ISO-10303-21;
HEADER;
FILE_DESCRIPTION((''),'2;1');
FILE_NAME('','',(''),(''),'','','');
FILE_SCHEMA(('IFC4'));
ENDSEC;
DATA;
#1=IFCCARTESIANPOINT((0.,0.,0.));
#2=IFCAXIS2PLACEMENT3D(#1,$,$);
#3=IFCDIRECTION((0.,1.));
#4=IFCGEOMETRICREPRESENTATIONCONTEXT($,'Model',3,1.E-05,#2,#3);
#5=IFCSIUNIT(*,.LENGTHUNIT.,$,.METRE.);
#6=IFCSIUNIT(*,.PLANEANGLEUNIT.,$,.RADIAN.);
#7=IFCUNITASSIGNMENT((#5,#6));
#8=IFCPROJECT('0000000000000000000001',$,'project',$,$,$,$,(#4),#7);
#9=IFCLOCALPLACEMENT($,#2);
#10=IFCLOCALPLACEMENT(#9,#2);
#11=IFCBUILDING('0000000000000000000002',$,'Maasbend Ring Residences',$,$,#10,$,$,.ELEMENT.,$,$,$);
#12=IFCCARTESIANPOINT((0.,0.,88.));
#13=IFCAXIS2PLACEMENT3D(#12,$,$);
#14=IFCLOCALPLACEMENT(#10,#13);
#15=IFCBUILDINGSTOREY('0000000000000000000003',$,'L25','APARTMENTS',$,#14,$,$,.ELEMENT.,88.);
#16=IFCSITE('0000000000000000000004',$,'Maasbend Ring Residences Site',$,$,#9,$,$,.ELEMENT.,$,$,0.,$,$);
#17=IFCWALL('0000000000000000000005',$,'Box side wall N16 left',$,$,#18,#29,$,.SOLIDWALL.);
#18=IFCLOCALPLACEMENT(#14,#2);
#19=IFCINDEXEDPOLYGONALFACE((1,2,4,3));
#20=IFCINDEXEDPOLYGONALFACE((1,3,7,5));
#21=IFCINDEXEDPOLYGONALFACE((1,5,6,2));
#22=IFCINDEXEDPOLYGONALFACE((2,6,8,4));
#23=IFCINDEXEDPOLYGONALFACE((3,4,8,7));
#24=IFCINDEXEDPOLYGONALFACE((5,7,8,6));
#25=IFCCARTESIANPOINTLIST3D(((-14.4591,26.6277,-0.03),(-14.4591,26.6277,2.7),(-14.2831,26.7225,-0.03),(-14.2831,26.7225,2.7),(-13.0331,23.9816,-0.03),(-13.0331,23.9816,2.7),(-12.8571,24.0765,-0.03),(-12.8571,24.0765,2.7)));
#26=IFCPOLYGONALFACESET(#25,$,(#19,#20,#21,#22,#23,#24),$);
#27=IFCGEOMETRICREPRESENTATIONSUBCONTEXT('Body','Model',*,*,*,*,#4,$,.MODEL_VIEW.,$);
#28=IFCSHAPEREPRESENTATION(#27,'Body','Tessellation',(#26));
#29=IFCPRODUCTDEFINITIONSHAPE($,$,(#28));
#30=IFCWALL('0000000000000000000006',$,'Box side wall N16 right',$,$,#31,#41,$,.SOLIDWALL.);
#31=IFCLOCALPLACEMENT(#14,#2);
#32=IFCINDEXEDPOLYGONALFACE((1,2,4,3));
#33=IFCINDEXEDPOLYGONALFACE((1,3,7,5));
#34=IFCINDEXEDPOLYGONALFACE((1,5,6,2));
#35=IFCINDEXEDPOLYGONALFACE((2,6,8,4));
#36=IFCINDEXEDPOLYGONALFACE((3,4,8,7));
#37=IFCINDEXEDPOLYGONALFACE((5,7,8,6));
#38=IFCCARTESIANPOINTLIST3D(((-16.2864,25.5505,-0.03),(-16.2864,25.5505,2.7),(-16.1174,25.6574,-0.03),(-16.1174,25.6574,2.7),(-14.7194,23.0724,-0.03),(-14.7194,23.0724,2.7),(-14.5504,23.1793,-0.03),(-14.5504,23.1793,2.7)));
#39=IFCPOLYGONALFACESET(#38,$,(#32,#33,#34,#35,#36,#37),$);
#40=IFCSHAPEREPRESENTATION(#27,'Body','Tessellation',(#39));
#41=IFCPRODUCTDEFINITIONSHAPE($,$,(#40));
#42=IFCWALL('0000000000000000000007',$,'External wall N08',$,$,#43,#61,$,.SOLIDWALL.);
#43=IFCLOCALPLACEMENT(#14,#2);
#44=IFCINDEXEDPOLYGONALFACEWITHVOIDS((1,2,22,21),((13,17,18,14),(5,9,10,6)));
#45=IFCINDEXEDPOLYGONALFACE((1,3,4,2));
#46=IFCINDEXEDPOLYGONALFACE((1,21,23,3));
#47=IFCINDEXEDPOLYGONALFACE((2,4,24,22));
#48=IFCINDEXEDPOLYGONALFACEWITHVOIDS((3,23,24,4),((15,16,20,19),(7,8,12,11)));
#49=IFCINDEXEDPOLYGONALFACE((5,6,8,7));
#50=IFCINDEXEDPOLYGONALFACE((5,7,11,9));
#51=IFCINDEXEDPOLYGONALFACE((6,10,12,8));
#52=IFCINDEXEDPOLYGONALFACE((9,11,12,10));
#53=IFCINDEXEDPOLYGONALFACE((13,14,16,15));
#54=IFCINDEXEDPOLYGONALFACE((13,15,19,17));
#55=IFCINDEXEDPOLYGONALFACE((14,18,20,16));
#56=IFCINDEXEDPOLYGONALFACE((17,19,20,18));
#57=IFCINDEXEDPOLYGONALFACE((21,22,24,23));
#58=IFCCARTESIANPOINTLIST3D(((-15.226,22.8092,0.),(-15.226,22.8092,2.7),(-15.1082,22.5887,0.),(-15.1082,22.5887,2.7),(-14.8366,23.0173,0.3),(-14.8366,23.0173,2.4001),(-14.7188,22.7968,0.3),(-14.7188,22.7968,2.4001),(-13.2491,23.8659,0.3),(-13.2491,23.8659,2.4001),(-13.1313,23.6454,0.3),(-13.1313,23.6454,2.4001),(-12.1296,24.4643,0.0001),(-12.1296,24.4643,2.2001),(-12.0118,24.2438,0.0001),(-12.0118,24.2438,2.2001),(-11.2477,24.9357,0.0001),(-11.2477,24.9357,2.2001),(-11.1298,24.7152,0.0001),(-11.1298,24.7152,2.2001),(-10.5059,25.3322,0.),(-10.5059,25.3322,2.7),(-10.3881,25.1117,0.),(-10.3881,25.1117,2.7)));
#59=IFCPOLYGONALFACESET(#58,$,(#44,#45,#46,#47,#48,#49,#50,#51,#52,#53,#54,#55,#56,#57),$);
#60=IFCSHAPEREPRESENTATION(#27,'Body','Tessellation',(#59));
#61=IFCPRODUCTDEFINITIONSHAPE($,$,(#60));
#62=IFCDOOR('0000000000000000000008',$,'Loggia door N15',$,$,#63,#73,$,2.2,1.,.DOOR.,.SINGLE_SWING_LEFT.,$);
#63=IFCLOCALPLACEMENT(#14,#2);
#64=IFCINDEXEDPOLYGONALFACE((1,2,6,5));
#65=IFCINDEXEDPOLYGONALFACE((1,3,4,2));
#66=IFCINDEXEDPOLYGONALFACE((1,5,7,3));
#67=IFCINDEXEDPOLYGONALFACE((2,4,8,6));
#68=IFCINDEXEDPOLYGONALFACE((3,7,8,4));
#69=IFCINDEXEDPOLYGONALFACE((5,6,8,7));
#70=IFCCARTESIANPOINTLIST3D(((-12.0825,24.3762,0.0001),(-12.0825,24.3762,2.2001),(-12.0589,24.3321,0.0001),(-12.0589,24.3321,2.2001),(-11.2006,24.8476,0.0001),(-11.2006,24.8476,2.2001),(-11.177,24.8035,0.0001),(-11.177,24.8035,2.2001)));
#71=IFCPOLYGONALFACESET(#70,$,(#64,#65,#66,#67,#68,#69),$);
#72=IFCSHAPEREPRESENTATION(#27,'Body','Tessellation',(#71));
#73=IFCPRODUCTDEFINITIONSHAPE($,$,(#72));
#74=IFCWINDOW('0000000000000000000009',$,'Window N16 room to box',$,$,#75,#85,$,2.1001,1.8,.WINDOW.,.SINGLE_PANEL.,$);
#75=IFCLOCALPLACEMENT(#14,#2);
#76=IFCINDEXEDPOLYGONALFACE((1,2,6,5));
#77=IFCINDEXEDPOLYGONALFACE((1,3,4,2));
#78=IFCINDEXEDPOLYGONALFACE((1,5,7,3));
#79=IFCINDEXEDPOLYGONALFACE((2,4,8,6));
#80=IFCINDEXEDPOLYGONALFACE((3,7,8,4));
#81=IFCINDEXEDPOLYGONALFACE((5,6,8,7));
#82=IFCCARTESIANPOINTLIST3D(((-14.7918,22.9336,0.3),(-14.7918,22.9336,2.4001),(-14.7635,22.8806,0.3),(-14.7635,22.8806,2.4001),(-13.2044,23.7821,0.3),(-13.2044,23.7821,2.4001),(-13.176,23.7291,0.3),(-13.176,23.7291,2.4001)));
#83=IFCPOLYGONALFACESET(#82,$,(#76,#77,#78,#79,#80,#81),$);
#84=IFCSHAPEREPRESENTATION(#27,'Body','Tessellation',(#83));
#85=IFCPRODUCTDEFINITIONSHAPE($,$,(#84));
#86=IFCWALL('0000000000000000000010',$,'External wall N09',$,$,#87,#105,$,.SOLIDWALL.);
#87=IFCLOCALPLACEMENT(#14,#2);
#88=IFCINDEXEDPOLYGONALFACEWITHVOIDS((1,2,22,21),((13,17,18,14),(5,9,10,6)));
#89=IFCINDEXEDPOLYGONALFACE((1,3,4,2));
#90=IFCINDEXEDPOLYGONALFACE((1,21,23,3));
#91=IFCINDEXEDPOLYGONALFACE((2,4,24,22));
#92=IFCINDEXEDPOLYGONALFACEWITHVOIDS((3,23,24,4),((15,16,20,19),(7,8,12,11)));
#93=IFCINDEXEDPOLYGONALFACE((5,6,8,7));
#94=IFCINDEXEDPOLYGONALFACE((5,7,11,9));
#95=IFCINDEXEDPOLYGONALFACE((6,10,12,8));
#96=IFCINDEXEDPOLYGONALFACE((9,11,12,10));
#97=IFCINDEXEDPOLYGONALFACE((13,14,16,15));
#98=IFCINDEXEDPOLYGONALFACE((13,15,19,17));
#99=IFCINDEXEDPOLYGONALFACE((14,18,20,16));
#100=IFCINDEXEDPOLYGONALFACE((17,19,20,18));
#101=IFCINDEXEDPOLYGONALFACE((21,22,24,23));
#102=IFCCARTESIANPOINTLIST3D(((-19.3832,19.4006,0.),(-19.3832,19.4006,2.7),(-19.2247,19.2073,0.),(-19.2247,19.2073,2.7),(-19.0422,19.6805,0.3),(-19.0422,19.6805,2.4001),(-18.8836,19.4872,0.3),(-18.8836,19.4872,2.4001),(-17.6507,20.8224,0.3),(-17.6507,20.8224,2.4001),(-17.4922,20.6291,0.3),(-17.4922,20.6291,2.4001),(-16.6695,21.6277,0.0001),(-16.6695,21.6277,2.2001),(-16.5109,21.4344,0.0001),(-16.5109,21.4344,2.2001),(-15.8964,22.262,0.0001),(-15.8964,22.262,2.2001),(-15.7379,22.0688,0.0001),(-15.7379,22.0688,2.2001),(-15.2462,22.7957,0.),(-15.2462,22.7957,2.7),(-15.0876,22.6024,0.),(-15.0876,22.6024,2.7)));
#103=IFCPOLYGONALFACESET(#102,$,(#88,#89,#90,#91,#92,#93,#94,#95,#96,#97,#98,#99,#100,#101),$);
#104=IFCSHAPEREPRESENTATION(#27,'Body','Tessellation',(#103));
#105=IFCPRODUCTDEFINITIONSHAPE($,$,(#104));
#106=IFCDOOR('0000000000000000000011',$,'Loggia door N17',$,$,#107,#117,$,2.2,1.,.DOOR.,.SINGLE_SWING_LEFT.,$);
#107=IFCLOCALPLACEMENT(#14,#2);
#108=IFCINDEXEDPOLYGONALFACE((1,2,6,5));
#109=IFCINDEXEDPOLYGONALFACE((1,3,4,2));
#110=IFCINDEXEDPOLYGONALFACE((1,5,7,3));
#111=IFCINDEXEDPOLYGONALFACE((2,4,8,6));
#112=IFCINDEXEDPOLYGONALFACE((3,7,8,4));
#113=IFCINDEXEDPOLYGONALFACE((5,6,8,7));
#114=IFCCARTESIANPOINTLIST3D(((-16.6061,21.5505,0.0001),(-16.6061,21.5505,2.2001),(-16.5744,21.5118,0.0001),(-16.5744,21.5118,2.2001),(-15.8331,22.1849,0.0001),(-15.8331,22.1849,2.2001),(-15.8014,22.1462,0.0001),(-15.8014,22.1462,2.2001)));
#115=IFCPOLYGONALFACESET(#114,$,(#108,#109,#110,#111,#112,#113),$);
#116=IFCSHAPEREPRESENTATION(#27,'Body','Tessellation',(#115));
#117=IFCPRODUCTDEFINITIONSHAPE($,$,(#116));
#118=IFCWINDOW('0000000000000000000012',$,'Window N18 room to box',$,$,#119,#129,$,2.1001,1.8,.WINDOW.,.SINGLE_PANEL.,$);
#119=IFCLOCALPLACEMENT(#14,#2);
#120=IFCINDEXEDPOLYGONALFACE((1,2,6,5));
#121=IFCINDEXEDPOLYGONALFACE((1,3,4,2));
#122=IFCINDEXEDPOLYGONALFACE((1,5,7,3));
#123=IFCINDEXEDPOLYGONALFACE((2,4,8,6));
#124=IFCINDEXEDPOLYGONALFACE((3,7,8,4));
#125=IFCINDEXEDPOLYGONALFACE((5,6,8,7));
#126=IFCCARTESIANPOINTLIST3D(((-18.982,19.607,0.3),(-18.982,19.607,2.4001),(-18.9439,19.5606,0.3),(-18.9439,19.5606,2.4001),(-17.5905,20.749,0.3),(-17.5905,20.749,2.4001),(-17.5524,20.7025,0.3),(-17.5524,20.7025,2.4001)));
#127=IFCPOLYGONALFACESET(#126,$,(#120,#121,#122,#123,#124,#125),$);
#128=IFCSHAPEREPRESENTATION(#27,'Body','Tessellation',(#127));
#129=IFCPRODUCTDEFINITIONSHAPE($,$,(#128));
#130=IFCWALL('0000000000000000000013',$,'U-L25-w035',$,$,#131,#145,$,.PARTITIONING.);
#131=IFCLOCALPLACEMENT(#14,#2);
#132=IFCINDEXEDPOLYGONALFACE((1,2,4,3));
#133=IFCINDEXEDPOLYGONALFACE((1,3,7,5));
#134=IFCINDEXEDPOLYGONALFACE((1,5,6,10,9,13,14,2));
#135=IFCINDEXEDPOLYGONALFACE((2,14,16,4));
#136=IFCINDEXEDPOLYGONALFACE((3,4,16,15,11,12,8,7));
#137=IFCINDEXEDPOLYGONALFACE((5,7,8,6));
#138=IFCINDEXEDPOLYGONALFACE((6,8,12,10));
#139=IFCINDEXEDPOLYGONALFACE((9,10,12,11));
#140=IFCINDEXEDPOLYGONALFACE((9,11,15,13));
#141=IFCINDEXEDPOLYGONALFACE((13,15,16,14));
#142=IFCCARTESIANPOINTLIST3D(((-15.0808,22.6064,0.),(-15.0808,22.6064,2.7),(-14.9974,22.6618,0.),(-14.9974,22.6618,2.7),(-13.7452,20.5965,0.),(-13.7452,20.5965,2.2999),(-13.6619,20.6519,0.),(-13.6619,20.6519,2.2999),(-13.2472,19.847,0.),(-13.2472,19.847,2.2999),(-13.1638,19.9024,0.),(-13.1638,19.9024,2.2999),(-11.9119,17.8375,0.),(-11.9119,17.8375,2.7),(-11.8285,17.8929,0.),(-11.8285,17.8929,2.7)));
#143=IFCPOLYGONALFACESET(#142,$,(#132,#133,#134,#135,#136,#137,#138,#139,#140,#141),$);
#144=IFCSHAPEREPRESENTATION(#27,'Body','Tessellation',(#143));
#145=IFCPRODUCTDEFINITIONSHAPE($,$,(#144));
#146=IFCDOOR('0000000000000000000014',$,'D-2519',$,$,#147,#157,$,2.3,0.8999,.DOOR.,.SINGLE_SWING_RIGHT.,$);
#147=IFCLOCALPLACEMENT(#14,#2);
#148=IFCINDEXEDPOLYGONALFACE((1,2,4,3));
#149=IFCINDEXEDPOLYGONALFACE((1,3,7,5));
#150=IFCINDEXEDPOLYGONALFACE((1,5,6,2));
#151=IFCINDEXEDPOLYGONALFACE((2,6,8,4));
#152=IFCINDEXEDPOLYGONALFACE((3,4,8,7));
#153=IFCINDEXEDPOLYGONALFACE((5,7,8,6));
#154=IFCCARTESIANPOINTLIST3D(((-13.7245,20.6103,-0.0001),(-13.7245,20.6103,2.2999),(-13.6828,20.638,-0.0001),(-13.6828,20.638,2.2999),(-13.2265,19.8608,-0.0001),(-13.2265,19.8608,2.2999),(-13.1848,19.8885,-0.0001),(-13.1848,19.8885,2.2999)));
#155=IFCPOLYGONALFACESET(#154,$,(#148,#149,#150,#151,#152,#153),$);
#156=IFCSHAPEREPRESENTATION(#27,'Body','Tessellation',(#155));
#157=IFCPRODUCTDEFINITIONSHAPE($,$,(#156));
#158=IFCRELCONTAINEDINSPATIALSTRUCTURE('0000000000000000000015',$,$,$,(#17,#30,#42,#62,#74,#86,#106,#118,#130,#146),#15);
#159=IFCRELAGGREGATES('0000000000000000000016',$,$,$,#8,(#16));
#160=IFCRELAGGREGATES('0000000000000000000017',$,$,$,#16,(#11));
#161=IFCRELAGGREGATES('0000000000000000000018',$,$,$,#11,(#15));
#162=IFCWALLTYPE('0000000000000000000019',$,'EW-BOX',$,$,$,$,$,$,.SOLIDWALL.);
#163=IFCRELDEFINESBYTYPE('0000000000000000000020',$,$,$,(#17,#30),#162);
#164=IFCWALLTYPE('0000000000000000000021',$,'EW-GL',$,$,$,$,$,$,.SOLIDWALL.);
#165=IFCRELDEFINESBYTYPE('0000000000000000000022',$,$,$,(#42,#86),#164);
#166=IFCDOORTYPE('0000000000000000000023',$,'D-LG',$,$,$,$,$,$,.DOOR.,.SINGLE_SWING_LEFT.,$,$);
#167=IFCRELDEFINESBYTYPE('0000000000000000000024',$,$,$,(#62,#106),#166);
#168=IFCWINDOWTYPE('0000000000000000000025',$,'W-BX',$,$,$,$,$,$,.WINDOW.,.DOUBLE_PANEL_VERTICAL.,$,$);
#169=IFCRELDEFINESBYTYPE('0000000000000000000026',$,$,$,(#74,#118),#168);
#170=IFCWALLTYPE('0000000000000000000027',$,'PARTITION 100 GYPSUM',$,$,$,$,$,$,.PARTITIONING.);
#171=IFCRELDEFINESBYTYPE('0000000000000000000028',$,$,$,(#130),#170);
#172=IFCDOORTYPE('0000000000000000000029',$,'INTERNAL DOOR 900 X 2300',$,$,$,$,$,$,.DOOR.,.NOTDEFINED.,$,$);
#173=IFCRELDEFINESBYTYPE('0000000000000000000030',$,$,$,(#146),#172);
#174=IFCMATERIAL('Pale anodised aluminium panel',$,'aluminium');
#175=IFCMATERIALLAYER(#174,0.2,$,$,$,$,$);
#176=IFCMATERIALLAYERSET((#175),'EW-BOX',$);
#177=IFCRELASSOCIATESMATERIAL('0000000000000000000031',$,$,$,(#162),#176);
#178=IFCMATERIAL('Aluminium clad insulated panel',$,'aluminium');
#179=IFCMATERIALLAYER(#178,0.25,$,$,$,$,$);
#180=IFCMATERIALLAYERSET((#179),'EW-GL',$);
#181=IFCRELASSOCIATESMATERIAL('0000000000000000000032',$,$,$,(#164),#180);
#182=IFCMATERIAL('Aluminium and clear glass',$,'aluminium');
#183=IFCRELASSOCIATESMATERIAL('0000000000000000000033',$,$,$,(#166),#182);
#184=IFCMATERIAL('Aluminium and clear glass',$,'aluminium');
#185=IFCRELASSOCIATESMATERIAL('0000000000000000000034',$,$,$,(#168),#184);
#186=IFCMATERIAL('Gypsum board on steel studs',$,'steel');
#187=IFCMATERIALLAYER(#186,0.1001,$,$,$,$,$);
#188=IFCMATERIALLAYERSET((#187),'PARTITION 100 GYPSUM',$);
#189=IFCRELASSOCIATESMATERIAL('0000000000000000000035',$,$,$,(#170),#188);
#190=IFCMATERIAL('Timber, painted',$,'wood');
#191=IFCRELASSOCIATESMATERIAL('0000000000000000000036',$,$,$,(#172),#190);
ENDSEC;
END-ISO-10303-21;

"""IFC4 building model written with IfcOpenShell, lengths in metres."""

from ifc_helpers import new_model, si_unit, direction, frame, frame_2d, origin, place, context, subcontext, project, spatial, rectangle, extrude, material, layer, layer_set, type_object, element, fill, save


model = new_model("IFC4")

# Units and contexts
model_context = context("Model", 3, precision=1e-05, world=origin(), true_north=direction((0.0, 1.0)))
body_context = subcontext(model_context, "Body", "Model", "MODEL_VIEW")
ifc_project = project(units=[si_unit("LENGTHUNIT", "METRE"), si_unit("PLANEANGLEUNIT", "RADIAN")], contexts=[model_context])

# Site, building, storey
site_placement = place(None, origin())
site = spatial("IfcSite", under=ifc_project, at=site_placement, Name="Maasbend Ring Residences Site", CompositionType="ELEMENT", RefElevation=0.0)
building_placement = place(site_placement, origin())
building = spatial("IfcBuilding", under=site, at=building_placement, Name="Maasbend Ring Residences", CompositionType="ELEMENT")
storey_placement = place(building_placement, frame((0.0, 0.0, 88.0)))
storey = spatial("IfcBuildingStorey", under=building, at=storey_placement, Name="L25", Description="APARTMENTS", CompositionType="ELEMENT", Elevation=88.0)

# Shared definitions
ifc_material_1 = material(Name="Pale anodised aluminium panel", Category="aluminium")
ifc_layer_1 = layer(ifc_material_1, 0.2)
ifc_layer_set_1 = layer_set([ifc_layer_1], Name="EW-BOX")
wall_type_1 = type_object("IfcWallType", Name="EW-BOX", PredefinedType="SOLIDWALL", material=ifc_layer_set_1)

# Walls
wall_1_placement = place(storey_placement, frame((-12.9451, 24.0291, -0.03), z_axis=(0.0, 0.0, 1.0), x_axis=(-0.474424, 0.880296, 0.0)))
element("IfcWall", 1, at=wall_1_placement, inside=storey, type_object=wall_type_1, Name="Box side wall N16 left", PredefinedType="SOLIDWALL", context=body_context, shape_type="SweptSolid", body=[
    extrude(rectangle(XDim=3.0059, YDim=0.2, at=frame_2d((1.5029, 0.0))), origin(), (0.0, 0.0, 1.0), 2.73),
])
wall_2_placement = place(storey_placement, frame((-14.635, 23.126, -0.03), z_axis=(0.0, 0.0, 1.0), x_axis=(-0.534438, 0.845208, 0.0)))
element("IfcWall", 2, at=wall_2_placement, inside=storey, type_object=wall_type_1, Name="Box side wall N16 right", PredefinedType="SOLIDWALL", context=body_context, shape_type="SweptSolid", body=[
    extrude(rectangle(XDim=2.9319, YDim=0.2, at=frame_2d((1.4658, 0.0))), origin(), (0.0, 0.0, 1.0), 2.73),
])

# Walls, openings, doors, windows
ifc_material_2 = material(Name="Aluminium clad insulated panel", Category="aluminium")
ifc_layer_2 = layer(ifc_material_2, 0.25)
ifc_layer_set_2 = layer_set([ifc_layer_2], Name="EW-GL")
wall_type_2 = type_object("IfcWallType", Name="EW-GL", PredefinedType="SOLIDWALL", material=ifc_layer_set_2)
wall_3_placement = place(storey_placement, frame((-10.447, 25.2219, 0.0), z_axis=(0.0, 0.0, 1.0), x_axis=(-0.881916, -0.471407, 0.0)))
wall_3 = element("IfcWall", 3, at=wall_3_placement, inside=storey, type_object=wall_type_2, Name="External wall N08", PredefinedType="SOLIDWALL", context=body_context, shape_type="SweptSolid", body=[
    extrude(rectangle(XDim=5.3521, YDim=0.25, at=frame_2d((2.676, 0.0))), origin(), (0.0, 0.0, 1.0), 2.7),
])
opening_1_placement = place(wall_3_placement, frame((0.8411, 0.0, 0.0)))
opening_1 = element("IfcOpeningElement", 4, at=opening_1_placement, cuts=wall_3, PredefinedType="OPENING", context=body_context, shape_type="SweptSolid", body=[
    extrude(rectangle(XDim=1.0, YDim=2.2, at=frame_2d((0.5, 1.1001))), frame((0.0, 0.135, 0.0), z_axis=(0.0, -1.0, 0.0), x_axis=(1.0, 0.0, 0.0)), (0.0, 0.0, 1.0), 0.27),
])
opening_2_placement = place(wall_3_placement, frame((3.1106, 0.0, 0.3)))
opening_2 = element("IfcOpeningElement", 5, at=opening_2_placement, cuts=wall_3, PredefinedType="OPENING", context=body_context, shape_type="SweptSolid", body=[
    extrude(rectangle(XDim=1.8, YDim=2.1001, at=frame_2d((0.8999, 1.05))), frame((0.0, 0.135, 0.0), z_axis=(0.0, -1.0, 0.0), x_axis=(1.0, 0.0, 0.0)), (0.0, 0.0, 1.0), 0.27),
])
ifc_material_3 = material(Name="Aluminium and clear glass", Category="aluminium")
door_type_1 = type_object("IfcDoorType", Name="D-LG", OperationType="SINGLE_SWING_LEFT", PredefinedType="DOOR", material=ifc_material_3)
door_1_placement = place(opening_1_placement, origin())
door_1 = element("IfcDoor", 6, at=door_1_placement, inside=storey, type_object=door_type_1, Name="Loggia door N15", OperationType="SINGLE_SWING_LEFT", OverallHeight=2.2, OverallWidth=1.0, PredefinedType="DOOR", context=body_context, shape_type="SweptSolid", body=[
    extrude(rectangle(XDim=1.0, YDim=2.2, at=frame_2d((0.5, 1.1001))), frame((0.0, 0.0249, 0.0), z_axis=(0.0, -1.0, 0.0), x_axis=(1.0, 0.0, 0.0)), (0.0, 0.0, 1.0), 0.05),
])
fill(opening_1, door_1)
ifc_material_4 = material(Name="Aluminium and clear glass", Category="aluminium")
window_type_1 = type_object("IfcWindowType", Name="W-BX", PartitioningType="DOUBLE_PANEL_VERTICAL", PredefinedType="WINDOW", material=ifc_material_4)
window_1_placement = place(opening_2_placement, origin())
window_1 = element("IfcWindow", 7, at=window_1_placement, inside=storey, type_object=window_type_1, Name="Window N16 room to box", OverallHeight=2.1001, OverallWidth=1.8, PartitioningType="SINGLE_PANEL", PredefinedType="WINDOW", context=body_context, shape_type="SweptSolid", body=[
    extrude(rectangle(XDim=1.8, YDim=2.1001, at=frame_2d((0.8999, 1.05))), frame((0.0, 0.03, 0.0), z_axis=(0.0, -1.0, 0.0), x_axis=(1.0, 0.0, 0.0)), (0.0, 0.0, 1.0), 0.0601),
])
fill(opening_2, window_1)
wall_4_placement = place(storey_placement, frame((-15.167, 22.699, 0.0), z_axis=(0.0, 0.0, 1.0), x_axis=(-0.773019, -0.634382, 0.0)))
wall_4 = element("IfcWall", 8, at=wall_4_placement, inside=storey, type_object=wall_type_2, Name="External wall N09", PredefinedType="SOLIDWALL", context=body_context, shape_type="SweptSolid", body=[
    extrude(rectangle(XDim=5.3518, YDim=0.25, at=frame_2d((2.6758, 0.0))), origin(), (0.0, 0.0, 1.0), 2.7),
])
opening_3_placement = place(wall_4_placement, frame((0.8411, 0.0, 0.0)))
opening_3 = element("IfcOpeningElement", 9, at=opening_3_placement, cuts=wall_4, PredefinedType="OPENING", context=body_context, shape_type="SweptSolid", body=[
    extrude(rectangle(XDim=1.0, YDim=2.2, at=frame_2d((0.5, 1.1001))), frame((0.0, 0.135, 0.0), z_axis=(0.0, -1.0, 0.0), x_axis=(1.0, 0.0, 0.0)), (0.0, 0.0, 1.0), 0.27),
])
opening_4_placement = place(wall_4_placement, frame((3.1106, 0.0, 0.3)))
opening_4 = element("IfcOpeningElement", 10, at=opening_4_placement, cuts=wall_4, PredefinedType="OPENING", context=body_context, shape_type="SweptSolid", body=[
    extrude(rectangle(XDim=1.8, YDim=2.1001, at=frame_2d((0.8999, 1.05))), frame((0.0, 0.135, 0.0), z_axis=(0.0, -1.0, 0.0), x_axis=(1.0, 0.0, 0.0)), (0.0, 0.0, 1.0), 0.27),
])
door_2_placement = place(opening_3_placement, origin())
door_2 = element("IfcDoor", 11, at=door_2_placement, inside=storey, type_object=door_type_1, Name="Loggia door N17", OperationType="SINGLE_SWING_LEFT", OverallHeight=2.2, OverallWidth=1.0, PredefinedType="DOOR", context=body_context, shape_type="SweptSolid", body=[
    extrude(rectangle(XDim=1.0, YDim=2.2, at=frame_2d((0.5, 1.1001))), frame((0.0, 0.0249, 0.0), z_axis=(0.0, -1.0, 0.0), x_axis=(1.0, 0.0, 0.0)), (0.0, 0.0, 1.0), 0.05),
])
fill(opening_3, door_2)
window_2_placement = place(opening_4_placement, origin())
window_2 = element("IfcWindow", 12, at=window_2_placement, inside=storey, type_object=window_type_1, Name="Window N18 room to box", OverallHeight=2.1001, OverallWidth=1.8, PartitioningType="SINGLE_PANEL", PredefinedType="WINDOW", context=body_context, shape_type="SweptSolid", body=[
    extrude(rectangle(XDim=1.8, YDim=2.1001, at=frame_2d((0.8999, 1.05))), frame((0.0, 0.03, 0.0), z_axis=(0.0, -1.0, 0.0), x_axis=(1.0, 0.0, 0.0)), (0.0, 0.0, 1.0), 0.0601),
])
fill(opening_4, window_2)

# Wall, opening, door
ifc_material_5 = material(Name="Gypsum board on steel studs", Category="steel")
ifc_layer_3 = layer(ifc_material_5, 0.1001)
ifc_layer_set_3 = layer_set([ifc_layer_3], Name="PARTITION 100 GYPSUM")
wall_type_3 = type_object("IfcWallType", Name="PARTITION 100 GYPSUM", PredefinedType="PARTITIONING", material=ifc_layer_set_3)
wall_5_placement = place(storey_placement, frame((-15.0391, 22.634, 0.0), z_axis=(0.0, 0.0, 1.0), x_axis=(0.55344, -0.832889, 0.0)))
wall_5 = element("IfcWall", 13, at=wall_5_placement, inside=storey, type_object=wall_type_3, Name="U-L25-w035", PredefinedType="PARTITIONING", context=body_context, shape_type="SweptSolid", body=[
    extrude(rectangle(XDim=5.7258, YDim=0.1001, at=frame_2d((2.8628, 0.0))), origin(), (0.0, 0.0, 1.0), 2.7),
])
opening_5_placement = place(wall_5_placement, frame((2.4131, 0.0, 0.0)))
opening_5 = element("IfcOpeningElement", 14, at=opening_5_placement, cuts=wall_5, PredefinedType="OPENING", context=body_context, shape_type="SweptSolid", body=[
    extrude(rectangle(XDim=0.8999, YDim=2.3, at=frame_2d((0.45, 1.1499))), frame((0.0, 0.0601, 0.0), z_axis=(0.0, -1.0, 0.0), x_axis=(1.0, 0.0, 0.0)), (0.0, 0.0, 1.0), 0.1201),
])
ifc_material_6 = material(Name="Timber, painted", Category="wood")
door_type_2 = type_object("IfcDoorType", Name="INTERNAL DOOR 900 X 2300", OperationType="NOTDEFINED", PredefinedType="DOOR", material=ifc_material_6)
door_3_placement = place(opening_5_placement, origin())
door_3 = element("IfcDoor", 15, at=door_3_placement, inside=storey, type_object=door_type_2, Name="D-2519", OperationType="SINGLE_SWING_RIGHT", OverallHeight=2.3, OverallWidth=0.8999, PredefinedType="DOOR", context=body_context, shape_type="SweptSolid", body=[
    extrude(rectangle(XDim=0.8999, YDim=2.3, at=frame_2d((0.45, 1.1499))), frame((0.0, 0.0249, 0.0), z_axis=(0.0, -1.0, 0.0), x_axis=(1.0, 0.0, 0.0)), (0.0, 0.0, 1.0), 0.05),
])
fill(opening_5, door_3)

save(model, "model.ifc")
